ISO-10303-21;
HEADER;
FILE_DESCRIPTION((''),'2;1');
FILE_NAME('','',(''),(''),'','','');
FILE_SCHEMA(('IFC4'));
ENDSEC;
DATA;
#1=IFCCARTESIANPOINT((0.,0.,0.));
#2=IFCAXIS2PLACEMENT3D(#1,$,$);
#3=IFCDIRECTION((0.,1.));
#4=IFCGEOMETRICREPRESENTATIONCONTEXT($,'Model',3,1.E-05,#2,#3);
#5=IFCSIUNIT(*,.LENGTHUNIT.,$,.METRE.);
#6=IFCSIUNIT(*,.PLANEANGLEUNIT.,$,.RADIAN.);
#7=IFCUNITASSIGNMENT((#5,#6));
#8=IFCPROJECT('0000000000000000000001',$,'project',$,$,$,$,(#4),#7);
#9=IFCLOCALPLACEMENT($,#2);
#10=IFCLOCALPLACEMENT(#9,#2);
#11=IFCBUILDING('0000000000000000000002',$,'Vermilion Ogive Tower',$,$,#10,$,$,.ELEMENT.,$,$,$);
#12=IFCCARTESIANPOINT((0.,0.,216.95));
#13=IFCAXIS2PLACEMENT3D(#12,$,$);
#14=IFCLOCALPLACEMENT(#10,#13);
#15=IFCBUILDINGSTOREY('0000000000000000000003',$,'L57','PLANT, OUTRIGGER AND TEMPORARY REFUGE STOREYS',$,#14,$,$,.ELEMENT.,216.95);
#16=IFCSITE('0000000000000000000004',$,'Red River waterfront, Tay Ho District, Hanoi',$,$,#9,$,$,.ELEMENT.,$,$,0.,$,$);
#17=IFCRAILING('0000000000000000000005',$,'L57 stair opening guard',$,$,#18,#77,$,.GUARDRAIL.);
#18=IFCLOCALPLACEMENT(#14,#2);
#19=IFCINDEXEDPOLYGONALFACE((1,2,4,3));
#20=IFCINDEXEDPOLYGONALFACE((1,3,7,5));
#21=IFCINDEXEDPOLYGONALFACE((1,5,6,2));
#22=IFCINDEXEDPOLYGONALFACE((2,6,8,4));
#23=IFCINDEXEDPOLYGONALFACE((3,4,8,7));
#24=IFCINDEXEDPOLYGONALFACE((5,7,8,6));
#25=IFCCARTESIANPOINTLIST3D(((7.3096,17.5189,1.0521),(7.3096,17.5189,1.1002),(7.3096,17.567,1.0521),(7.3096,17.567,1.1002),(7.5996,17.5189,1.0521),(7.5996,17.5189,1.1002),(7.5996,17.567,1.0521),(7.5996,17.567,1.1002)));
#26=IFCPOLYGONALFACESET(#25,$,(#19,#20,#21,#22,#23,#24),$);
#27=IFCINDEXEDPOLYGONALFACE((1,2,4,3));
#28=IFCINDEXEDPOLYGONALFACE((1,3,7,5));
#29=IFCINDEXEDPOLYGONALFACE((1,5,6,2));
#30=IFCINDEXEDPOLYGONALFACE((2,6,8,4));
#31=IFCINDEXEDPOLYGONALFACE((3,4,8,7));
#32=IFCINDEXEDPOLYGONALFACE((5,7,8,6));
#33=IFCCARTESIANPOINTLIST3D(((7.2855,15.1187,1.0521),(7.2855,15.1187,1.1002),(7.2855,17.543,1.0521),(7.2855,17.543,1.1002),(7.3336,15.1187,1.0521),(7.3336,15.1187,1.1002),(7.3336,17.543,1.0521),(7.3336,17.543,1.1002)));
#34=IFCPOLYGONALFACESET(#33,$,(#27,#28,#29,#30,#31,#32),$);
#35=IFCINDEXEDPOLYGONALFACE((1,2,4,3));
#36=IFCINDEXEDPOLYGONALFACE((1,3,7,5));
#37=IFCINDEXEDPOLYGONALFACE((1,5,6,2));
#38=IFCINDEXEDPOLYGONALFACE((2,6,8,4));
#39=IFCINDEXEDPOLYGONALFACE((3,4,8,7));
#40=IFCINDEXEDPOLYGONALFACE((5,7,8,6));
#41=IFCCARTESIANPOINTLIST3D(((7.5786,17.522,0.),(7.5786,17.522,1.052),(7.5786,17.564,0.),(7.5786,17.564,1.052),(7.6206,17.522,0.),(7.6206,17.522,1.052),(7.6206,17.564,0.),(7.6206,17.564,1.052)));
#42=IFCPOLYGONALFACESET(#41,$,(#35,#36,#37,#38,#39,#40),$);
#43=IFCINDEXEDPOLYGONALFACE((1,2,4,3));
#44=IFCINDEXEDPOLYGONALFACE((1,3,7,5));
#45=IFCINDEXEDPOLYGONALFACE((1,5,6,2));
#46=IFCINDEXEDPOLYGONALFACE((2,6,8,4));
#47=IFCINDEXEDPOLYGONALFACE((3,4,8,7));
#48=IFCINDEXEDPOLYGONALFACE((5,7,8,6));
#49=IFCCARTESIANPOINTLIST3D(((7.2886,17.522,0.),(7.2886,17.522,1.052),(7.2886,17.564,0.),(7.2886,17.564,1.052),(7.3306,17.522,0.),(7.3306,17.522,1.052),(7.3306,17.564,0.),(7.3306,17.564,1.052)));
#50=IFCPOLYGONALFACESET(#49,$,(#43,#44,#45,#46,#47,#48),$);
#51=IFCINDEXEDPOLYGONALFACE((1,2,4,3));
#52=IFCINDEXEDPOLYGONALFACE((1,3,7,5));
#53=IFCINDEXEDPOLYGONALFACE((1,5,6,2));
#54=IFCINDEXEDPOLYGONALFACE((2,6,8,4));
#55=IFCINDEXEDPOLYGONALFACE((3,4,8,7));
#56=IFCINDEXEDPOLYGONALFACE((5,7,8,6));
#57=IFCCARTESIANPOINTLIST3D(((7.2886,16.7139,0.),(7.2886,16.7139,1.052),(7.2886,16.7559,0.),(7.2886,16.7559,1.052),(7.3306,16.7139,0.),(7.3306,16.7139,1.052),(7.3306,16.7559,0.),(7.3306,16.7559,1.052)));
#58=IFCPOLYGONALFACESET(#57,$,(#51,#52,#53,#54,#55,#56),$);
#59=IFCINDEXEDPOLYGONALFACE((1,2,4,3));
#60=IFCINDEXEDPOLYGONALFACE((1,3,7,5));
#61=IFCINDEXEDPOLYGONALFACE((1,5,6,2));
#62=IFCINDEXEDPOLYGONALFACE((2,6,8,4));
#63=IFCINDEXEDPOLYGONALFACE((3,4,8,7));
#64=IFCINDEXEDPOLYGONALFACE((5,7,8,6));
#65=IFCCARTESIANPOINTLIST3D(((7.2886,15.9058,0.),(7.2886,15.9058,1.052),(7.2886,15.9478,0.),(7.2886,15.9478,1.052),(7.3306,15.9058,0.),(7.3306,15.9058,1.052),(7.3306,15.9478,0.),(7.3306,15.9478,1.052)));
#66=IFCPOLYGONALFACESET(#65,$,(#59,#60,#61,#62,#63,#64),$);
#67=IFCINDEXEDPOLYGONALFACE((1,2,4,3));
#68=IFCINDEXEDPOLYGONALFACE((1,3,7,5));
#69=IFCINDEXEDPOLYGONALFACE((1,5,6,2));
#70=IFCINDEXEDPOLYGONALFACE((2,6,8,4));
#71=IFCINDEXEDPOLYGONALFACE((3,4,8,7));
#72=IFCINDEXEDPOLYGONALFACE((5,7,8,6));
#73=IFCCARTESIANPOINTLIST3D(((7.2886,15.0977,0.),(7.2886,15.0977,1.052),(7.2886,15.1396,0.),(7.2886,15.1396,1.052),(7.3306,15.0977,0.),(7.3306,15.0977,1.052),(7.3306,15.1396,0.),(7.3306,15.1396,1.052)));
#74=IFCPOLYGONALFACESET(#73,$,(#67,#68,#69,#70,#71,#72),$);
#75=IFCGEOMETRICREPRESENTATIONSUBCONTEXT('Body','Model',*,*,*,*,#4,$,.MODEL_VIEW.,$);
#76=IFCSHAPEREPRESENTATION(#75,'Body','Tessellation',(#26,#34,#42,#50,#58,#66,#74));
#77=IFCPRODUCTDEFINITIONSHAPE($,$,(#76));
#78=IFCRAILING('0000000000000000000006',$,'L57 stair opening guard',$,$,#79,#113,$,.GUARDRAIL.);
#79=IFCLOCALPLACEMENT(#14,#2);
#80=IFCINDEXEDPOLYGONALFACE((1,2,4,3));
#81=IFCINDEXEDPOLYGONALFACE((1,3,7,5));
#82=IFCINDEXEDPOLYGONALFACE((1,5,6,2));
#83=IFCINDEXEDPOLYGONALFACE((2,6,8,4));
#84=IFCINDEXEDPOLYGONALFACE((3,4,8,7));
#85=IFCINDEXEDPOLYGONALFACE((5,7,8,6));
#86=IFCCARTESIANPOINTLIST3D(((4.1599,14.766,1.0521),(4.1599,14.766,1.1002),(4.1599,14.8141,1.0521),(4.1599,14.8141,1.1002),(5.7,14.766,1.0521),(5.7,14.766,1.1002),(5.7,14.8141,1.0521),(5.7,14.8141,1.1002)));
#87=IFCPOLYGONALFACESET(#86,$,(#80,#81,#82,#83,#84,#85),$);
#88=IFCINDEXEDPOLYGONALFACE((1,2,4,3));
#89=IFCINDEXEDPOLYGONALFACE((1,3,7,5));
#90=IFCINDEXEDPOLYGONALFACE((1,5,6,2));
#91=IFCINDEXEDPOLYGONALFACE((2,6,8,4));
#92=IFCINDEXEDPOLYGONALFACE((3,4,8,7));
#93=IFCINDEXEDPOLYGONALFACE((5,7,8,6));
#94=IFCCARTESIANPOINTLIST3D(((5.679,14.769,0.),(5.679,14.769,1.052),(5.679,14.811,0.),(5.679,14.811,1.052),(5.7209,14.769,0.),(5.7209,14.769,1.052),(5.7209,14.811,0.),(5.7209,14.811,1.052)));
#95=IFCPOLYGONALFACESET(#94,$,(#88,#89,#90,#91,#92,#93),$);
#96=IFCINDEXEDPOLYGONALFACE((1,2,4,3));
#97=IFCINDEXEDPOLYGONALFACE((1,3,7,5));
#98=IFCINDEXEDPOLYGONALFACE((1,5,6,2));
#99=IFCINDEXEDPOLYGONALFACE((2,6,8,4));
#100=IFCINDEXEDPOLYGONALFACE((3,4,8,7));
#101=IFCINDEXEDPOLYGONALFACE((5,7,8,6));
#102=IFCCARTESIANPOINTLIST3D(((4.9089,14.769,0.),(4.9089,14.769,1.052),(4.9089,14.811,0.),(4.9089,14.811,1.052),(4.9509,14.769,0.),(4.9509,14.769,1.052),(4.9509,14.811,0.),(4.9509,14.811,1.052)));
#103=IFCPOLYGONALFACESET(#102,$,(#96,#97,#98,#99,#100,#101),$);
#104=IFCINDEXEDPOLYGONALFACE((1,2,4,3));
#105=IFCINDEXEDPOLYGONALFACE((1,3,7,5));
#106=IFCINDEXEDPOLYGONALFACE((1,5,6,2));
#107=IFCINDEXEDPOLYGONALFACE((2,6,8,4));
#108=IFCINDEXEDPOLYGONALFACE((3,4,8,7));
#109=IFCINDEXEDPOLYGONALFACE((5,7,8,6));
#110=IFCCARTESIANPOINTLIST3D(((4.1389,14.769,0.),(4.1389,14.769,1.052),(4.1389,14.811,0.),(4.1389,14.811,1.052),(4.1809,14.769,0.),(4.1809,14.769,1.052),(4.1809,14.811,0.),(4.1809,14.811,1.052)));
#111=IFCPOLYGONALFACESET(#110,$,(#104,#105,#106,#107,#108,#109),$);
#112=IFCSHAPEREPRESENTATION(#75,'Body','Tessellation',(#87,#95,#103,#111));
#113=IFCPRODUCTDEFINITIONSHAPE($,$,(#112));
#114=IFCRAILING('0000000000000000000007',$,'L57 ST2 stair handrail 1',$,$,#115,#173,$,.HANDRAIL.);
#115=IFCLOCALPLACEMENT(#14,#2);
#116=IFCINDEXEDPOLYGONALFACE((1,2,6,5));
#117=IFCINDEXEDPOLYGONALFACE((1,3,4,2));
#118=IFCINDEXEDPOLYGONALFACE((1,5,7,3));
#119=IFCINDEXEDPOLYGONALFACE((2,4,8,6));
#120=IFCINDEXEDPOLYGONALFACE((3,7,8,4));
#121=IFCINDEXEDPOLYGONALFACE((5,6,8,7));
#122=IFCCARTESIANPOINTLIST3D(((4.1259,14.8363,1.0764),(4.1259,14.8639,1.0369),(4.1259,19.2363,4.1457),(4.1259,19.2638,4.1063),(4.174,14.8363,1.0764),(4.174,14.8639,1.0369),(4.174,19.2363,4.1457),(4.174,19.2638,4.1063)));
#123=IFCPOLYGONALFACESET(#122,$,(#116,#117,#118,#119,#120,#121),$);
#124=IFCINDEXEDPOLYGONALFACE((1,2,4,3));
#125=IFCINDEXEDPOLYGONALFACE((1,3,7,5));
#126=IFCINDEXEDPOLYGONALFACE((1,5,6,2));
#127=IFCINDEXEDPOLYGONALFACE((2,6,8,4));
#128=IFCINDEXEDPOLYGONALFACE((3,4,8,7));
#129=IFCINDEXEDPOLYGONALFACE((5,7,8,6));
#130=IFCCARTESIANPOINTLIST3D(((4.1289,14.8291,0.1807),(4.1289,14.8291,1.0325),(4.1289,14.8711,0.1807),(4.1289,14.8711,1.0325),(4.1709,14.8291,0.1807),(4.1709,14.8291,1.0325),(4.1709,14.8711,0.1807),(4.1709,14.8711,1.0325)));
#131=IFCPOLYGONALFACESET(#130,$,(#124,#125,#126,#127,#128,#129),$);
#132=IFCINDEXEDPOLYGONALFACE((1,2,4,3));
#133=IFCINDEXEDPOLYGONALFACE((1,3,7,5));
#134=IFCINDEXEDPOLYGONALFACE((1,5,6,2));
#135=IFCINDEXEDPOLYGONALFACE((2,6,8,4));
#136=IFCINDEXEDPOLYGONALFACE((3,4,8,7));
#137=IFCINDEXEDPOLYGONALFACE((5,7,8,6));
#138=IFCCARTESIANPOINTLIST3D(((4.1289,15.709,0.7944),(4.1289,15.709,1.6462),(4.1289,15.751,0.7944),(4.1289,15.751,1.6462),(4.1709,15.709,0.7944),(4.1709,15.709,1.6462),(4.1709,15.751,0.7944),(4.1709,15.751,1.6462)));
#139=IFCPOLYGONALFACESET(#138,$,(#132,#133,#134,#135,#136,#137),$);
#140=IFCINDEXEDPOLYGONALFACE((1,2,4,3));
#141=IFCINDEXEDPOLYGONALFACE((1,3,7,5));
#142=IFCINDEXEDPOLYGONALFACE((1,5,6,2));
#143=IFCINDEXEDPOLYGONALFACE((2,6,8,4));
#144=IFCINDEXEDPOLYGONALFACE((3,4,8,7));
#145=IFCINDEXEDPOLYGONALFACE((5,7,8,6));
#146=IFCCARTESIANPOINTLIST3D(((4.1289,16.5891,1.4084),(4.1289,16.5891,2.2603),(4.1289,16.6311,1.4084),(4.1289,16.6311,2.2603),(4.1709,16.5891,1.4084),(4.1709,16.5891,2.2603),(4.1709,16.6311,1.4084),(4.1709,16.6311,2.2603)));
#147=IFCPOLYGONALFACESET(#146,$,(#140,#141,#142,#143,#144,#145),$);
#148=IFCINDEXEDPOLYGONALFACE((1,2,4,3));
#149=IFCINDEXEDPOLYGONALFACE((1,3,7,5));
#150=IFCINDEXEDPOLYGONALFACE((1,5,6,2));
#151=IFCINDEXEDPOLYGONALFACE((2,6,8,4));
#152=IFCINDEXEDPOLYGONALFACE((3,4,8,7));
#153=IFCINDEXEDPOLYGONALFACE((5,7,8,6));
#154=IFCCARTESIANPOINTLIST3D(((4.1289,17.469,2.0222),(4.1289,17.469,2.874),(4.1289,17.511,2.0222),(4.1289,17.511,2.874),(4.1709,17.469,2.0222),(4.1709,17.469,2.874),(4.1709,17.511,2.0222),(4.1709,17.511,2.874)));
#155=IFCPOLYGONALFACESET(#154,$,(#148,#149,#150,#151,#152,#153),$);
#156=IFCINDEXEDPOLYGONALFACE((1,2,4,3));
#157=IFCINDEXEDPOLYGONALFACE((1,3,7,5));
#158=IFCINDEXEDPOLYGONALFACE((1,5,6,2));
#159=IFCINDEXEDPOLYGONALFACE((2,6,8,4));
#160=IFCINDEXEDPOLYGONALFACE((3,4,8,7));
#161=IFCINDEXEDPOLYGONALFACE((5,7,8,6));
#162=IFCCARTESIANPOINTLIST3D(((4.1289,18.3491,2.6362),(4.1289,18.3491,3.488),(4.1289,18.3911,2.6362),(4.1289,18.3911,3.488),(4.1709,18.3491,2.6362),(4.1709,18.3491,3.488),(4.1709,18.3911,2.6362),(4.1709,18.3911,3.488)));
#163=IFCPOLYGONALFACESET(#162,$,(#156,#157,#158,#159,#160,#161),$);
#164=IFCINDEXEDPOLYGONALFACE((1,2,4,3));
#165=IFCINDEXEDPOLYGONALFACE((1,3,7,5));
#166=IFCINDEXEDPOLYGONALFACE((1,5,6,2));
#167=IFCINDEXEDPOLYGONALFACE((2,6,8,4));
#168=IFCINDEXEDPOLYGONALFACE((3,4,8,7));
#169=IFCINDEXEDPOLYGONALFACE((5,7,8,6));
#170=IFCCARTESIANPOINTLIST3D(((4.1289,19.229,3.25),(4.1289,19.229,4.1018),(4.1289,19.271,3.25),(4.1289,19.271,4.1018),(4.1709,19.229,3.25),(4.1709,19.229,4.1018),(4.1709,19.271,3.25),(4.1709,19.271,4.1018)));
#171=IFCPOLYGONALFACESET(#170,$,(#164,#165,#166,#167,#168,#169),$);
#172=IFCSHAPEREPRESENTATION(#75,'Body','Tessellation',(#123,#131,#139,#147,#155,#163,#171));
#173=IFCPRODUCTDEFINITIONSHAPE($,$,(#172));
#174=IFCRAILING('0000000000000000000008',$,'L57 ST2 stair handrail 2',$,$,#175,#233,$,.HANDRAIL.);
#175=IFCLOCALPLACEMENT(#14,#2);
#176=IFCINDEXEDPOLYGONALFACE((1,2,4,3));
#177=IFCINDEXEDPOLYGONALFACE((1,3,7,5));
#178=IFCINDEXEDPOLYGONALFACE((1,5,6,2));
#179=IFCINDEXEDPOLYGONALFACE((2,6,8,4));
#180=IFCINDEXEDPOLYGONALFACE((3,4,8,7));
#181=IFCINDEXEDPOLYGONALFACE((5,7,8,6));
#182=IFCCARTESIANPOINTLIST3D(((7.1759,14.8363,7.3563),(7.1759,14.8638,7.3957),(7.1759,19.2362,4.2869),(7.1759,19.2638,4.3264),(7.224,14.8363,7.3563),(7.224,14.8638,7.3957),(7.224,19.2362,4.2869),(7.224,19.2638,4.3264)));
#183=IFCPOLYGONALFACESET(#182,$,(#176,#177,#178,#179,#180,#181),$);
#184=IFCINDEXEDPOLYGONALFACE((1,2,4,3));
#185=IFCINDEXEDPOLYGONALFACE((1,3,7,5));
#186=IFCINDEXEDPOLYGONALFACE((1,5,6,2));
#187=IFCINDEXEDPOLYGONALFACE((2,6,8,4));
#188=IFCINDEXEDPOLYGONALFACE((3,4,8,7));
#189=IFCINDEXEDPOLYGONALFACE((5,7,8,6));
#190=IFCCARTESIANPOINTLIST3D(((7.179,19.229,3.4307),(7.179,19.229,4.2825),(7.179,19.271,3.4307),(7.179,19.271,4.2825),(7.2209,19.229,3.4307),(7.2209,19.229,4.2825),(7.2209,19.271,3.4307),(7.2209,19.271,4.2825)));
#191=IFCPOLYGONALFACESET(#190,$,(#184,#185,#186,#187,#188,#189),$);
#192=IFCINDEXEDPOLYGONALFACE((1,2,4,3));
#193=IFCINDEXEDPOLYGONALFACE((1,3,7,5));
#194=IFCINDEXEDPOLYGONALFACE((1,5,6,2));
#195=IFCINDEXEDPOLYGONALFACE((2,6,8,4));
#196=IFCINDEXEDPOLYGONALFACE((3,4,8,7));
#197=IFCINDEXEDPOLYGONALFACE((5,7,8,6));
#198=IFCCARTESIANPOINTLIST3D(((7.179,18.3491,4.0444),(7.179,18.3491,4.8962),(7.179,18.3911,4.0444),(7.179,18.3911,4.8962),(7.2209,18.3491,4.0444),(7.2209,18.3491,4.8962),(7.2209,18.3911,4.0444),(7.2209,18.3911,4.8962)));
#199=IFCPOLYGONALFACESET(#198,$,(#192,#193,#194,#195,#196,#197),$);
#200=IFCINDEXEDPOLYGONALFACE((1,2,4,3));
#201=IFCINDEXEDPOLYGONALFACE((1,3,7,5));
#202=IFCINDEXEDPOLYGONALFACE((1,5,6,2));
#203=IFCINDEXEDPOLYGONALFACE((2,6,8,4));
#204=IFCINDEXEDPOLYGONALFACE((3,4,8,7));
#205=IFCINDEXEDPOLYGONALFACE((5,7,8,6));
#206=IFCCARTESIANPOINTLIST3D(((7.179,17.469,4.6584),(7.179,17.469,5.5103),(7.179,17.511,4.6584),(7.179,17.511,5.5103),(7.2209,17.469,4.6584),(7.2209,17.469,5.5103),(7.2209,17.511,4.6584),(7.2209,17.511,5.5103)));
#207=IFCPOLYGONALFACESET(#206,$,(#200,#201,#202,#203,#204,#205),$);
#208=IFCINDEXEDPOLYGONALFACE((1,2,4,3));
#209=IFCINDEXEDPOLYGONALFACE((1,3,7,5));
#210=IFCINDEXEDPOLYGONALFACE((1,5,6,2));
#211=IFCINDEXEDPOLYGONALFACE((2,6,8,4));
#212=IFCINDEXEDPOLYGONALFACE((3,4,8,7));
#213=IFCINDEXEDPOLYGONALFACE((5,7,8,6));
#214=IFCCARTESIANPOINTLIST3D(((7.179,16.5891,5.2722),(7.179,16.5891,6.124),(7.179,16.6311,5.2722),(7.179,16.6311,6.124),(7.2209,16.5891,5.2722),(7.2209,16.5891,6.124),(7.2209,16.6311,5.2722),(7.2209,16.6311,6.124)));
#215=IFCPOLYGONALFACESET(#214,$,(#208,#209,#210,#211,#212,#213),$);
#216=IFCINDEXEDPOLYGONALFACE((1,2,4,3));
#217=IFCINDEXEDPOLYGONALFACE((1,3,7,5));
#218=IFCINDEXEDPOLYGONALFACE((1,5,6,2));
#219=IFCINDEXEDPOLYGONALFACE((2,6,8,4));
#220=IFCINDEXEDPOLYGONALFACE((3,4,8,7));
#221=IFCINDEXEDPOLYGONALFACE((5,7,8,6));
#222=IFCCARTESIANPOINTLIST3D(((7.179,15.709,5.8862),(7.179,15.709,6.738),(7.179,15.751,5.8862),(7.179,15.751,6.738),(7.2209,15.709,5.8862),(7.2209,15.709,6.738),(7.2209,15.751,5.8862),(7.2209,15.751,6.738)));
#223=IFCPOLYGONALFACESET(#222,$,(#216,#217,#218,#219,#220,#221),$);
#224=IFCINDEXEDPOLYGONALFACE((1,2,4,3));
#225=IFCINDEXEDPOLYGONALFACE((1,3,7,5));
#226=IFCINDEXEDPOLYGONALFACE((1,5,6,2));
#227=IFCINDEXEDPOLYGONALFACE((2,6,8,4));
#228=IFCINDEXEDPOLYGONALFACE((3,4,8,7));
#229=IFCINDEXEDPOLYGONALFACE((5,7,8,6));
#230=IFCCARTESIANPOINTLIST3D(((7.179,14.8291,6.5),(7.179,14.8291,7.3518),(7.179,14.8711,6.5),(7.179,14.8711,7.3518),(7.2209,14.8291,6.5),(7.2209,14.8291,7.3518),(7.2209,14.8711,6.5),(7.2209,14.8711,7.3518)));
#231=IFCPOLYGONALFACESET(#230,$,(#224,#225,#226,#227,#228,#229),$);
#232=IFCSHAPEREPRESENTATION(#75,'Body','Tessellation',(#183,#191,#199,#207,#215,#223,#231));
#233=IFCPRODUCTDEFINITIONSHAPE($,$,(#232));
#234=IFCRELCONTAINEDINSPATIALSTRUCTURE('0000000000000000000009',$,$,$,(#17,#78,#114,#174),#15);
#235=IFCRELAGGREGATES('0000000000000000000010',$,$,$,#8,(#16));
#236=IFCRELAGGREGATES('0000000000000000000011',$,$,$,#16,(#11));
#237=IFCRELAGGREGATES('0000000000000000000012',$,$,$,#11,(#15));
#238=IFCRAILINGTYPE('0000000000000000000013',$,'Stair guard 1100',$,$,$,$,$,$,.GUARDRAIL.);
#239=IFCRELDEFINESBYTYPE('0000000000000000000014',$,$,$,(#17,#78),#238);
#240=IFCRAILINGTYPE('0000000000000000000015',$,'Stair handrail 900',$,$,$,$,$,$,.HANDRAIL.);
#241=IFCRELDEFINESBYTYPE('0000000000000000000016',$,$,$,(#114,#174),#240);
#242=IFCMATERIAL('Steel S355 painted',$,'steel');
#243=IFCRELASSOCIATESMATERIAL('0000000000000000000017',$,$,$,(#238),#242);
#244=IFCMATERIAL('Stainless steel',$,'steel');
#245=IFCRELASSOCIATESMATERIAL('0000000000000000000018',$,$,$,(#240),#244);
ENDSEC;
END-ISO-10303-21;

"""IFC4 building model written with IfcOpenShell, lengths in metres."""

from ifc_helpers import new_model, si_unit, direction, frame, origin, origin_2d, place, context, subcontext, project, spatial, rectangle, extrude, material, type_object, element, save


model = new_model("IFC4")

# Units and contexts
model_context = context("Model", 3, precision=1e-05, world=origin(), true_north=direction((0.0, 1.0)))
body_context = subcontext(model_context, "Body", "Model", "MODEL_VIEW")
ifc_project = project(units=[si_unit("LENGTHUNIT", "METRE"), si_unit("PLANEANGLEUNIT", "RADIAN")], contexts=[model_context])

# Site, building, storey
site_placement = place(None, origin())
site = spatial("IfcSite", under=ifc_project, at=site_placement, Name="Red River waterfront, Tay Ho District, Hanoi", CompositionType="ELEMENT", RefElevation=0.0)
building_placement = place(site_placement, origin())
building = spatial("IfcBuilding", under=site, at=building_placement, Name="Vermilion Ogive Tower", CompositionType="ELEMENT")
storey_placement = place(building_placement, frame((0.0, 0.0, 216.95)))
storey = spatial("IfcBuildingStorey", under=building, at=storey_placement, Name="L57", Description="PLANT, OUTRIGGER AND TEMPORARY REFUGE STOREYS", CompositionType="ELEMENT", Elevation=216.95)

# Railings
ifc_material_1 = material(Name="Steel S355 painted", Category="steel")
railing_type_1 = type_object("IfcRailingType", Name="Stair guard 1100", PredefinedType="GUARDRAIL", material=ifc_material_1)
railing_1_placement = place(storey_placement, frame((7.5996, 17.543, 0.0)))
element("IfcRailing", 1, at=railing_1_placement, inside=storey, type_object=railing_type_1, Name="L57 stair opening guard", PredefinedType="GUARDRAIL", context=body_context, shape_type="SweptSolid", body=[
    extrude(rectangle(XDim=0.0481, YDim=0.0481, at=origin_2d()), frame((0.0, 0.0, 1.0762), z_axis=(-1.0, 0.0, 0.0), x_axis=(0.0, -1.0, 0.0)), (0.0, 0.0, 1.0), 0.29),
    extrude(rectangle(XDim=0.0481, YDim=0.0481, at=origin_2d()), frame((-0.29, 0.0, 1.0762), z_axis=(0.0, -1.0, 0.0), x_axis=(1.0, 0.0, 0.0)), (0.0, 0.0, 1.0), 2.4243),
    extrude(rectangle(XDim=0.042, YDim=0.042, at=origin_2d()), origin(), (0.0, 0.0, 1.0), 1.052),
    extrude(rectangle(XDim=0.042, YDim=0.042, at=origin_2d()), frame((-0.29, 0.0, 0.0)), (0.0, 0.0, 1.0), 1.052),
    extrude(rectangle(XDim=0.042, YDim=0.042, at=origin_2d()), frame((-0.29, -0.8081, 0.0)), (0.0, 0.0, 1.0), 1.052),
    extrude(rectangle(XDim=0.042, YDim=0.042, at=origin_2d()), frame((-0.29, -1.6162, 0.0)), (0.0, 0.0, 1.0), 1.052),
    extrude(rectangle(XDim=0.042, YDim=0.042, at=origin_2d()), frame((-0.29, -2.4243, 0.0)), (0.0, 0.0, 1.0), 1.052),
])
railing_2_placement = place(storey_placement, frame((5.7, 14.79, 0.0)))
element("IfcRailing", 2, at=railing_2_placement, inside=storey, type_object=railing_type_1, Name="L57 stair opening guard", PredefinedType="GUARDRAIL", context=body_context, shape_type="SweptSolid", body=[
    extrude(rectangle(XDim=0.0481, YDim=0.0481, at=origin_2d()), frame((0.0, 0.0, 1.0762), z_axis=(-1.0, 0.0, 0.0), x_axis=(0.0, -1.0, 0.0)), (0.0, 0.0, 1.0), 1.54),
    extrude(rectangle(XDim=0.042, YDim=0.042, at=origin_2d()), origin(), (0.0, 0.0, 1.0), 1.052),
    extrude(rectangle(XDim=0.042, YDim=0.042, at=origin_2d()), frame((-0.77, 0.0, 0.0)), (0.0, 0.0, 1.0), 1.052),
    extrude(rectangle(XDim=0.042, YDim=0.042, at=origin_2d()), frame((-1.54, 0.0, 0.0)), (0.0, 0.0, 1.0), 1.052),
])
ifc_material_2 = material(Name="Stainless steel", Category="steel")
railing_type_2 = type_object("IfcRailingType", Name="Stair handrail 900", PredefinedType="HANDRAIL", material=ifc_material_2)
railing_3_placement = place(storey_placement, frame((4.1499, 14.8501, 0.1807)))
element("IfcRailing", 3, at=railing_3_placement, inside=storey, type_object=railing_type_2, Name="L57 ST2 stair handrail 1", PredefinedType="HANDRAIL", context=body_context, shape_type="SweptSolid", body=[
    extrude(rectangle(XDim=0.0481, YDim=0.0481, at=origin_2d()), frame((0.0, 0.0, 0.876), z_axis=(0.0, 0.820159, 0.572136), x_axis=(-1.0, 0.0, 0.0)), (0.0, 0.0, 1.0), 5.3647),
    extrude(rectangle(XDim=0.042, YDim=0.042, at=origin_2d()), origin(), (0.0, 0.0, 1.0), 0.8518),
    extrude(rectangle(XDim=0.042, YDim=0.042, at=origin_2d()), frame((0.0, 0.8799, 0.6138)), (0.0, 0.0, 1.0), 0.8518),
    extrude(rectangle(XDim=0.042, YDim=0.042, at=origin_2d()), frame((0.0, 1.76, 1.2278)), (0.0, 0.0, 1.0), 0.8518),
    extrude(rectangle(XDim=0.042, YDim=0.042, at=origin_2d()), frame((0.0, 2.6399, 1.8416)), (0.0, 0.0, 1.0), 0.8518),
    extrude(rectangle(XDim=0.042, YDim=0.042, at=origin_2d()), frame((0.0, 3.52, 2.4556)), (0.0, 0.0, 1.0), 0.8518),
    extrude(rectangle(XDim=0.042, YDim=0.042, at=origin_2d()), frame((0.0, 4.3999, 3.0693)), (0.0, 0.0, 1.0), 0.8518),
])
railing_4_placement = place(storey_placement, frame((7.2, 19.25, 3.4307)))
element("IfcRailing", 4, at=railing_4_placement, inside=storey, type_object=railing_type_2, Name="L57 ST2 stair handrail 2", PredefinedType="HANDRAIL", context=body_context, shape_type="SweptSolid", body=[
    extrude(rectangle(XDim=0.0481, YDim=0.0481, at=origin_2d()), frame((0.0, 0.0, 0.876), z_axis=(0.0, -0.820159, 0.572136), x_axis=(1.0, 0.0, 0.0)), (0.0, 0.0, 1.0), 5.3647),
    extrude(rectangle(XDim=0.042, YDim=0.042, at=origin_2d()), origin(), (0.0, 0.0, 1.0), 0.8518),
    extrude(rectangle(XDim=0.042, YDim=0.042, at=origin_2d()), frame((0.0, -0.8799, 0.6138)), (0.0, 0.0, 1.0), 0.8518),
    extrude(rectangle(XDim=0.042, YDim=0.042, at=origin_2d()), frame((0.0, -1.76, 1.2278)), (0.0, 0.0, 1.0), 0.8518),
    extrude(rectangle(XDim=0.042, YDim=0.042, at=origin_2d()), frame((0.0, -2.6399, 1.8416)), (0.0, 0.0, 1.0), 0.8518),
    extrude(rectangle(XDim=0.042, YDim=0.042, at=origin_2d()), frame((0.0, -3.52, 2.4556)), (0.0, 0.0, 1.0), 0.8518),
    extrude(rectangle(XDim=0.042, YDim=0.042, at=origin_2d()), frame((0.0, -4.3999, 3.0693)), (0.0, 0.0, 1.0), 0.8518),
])

save(model, "model.ifc")
